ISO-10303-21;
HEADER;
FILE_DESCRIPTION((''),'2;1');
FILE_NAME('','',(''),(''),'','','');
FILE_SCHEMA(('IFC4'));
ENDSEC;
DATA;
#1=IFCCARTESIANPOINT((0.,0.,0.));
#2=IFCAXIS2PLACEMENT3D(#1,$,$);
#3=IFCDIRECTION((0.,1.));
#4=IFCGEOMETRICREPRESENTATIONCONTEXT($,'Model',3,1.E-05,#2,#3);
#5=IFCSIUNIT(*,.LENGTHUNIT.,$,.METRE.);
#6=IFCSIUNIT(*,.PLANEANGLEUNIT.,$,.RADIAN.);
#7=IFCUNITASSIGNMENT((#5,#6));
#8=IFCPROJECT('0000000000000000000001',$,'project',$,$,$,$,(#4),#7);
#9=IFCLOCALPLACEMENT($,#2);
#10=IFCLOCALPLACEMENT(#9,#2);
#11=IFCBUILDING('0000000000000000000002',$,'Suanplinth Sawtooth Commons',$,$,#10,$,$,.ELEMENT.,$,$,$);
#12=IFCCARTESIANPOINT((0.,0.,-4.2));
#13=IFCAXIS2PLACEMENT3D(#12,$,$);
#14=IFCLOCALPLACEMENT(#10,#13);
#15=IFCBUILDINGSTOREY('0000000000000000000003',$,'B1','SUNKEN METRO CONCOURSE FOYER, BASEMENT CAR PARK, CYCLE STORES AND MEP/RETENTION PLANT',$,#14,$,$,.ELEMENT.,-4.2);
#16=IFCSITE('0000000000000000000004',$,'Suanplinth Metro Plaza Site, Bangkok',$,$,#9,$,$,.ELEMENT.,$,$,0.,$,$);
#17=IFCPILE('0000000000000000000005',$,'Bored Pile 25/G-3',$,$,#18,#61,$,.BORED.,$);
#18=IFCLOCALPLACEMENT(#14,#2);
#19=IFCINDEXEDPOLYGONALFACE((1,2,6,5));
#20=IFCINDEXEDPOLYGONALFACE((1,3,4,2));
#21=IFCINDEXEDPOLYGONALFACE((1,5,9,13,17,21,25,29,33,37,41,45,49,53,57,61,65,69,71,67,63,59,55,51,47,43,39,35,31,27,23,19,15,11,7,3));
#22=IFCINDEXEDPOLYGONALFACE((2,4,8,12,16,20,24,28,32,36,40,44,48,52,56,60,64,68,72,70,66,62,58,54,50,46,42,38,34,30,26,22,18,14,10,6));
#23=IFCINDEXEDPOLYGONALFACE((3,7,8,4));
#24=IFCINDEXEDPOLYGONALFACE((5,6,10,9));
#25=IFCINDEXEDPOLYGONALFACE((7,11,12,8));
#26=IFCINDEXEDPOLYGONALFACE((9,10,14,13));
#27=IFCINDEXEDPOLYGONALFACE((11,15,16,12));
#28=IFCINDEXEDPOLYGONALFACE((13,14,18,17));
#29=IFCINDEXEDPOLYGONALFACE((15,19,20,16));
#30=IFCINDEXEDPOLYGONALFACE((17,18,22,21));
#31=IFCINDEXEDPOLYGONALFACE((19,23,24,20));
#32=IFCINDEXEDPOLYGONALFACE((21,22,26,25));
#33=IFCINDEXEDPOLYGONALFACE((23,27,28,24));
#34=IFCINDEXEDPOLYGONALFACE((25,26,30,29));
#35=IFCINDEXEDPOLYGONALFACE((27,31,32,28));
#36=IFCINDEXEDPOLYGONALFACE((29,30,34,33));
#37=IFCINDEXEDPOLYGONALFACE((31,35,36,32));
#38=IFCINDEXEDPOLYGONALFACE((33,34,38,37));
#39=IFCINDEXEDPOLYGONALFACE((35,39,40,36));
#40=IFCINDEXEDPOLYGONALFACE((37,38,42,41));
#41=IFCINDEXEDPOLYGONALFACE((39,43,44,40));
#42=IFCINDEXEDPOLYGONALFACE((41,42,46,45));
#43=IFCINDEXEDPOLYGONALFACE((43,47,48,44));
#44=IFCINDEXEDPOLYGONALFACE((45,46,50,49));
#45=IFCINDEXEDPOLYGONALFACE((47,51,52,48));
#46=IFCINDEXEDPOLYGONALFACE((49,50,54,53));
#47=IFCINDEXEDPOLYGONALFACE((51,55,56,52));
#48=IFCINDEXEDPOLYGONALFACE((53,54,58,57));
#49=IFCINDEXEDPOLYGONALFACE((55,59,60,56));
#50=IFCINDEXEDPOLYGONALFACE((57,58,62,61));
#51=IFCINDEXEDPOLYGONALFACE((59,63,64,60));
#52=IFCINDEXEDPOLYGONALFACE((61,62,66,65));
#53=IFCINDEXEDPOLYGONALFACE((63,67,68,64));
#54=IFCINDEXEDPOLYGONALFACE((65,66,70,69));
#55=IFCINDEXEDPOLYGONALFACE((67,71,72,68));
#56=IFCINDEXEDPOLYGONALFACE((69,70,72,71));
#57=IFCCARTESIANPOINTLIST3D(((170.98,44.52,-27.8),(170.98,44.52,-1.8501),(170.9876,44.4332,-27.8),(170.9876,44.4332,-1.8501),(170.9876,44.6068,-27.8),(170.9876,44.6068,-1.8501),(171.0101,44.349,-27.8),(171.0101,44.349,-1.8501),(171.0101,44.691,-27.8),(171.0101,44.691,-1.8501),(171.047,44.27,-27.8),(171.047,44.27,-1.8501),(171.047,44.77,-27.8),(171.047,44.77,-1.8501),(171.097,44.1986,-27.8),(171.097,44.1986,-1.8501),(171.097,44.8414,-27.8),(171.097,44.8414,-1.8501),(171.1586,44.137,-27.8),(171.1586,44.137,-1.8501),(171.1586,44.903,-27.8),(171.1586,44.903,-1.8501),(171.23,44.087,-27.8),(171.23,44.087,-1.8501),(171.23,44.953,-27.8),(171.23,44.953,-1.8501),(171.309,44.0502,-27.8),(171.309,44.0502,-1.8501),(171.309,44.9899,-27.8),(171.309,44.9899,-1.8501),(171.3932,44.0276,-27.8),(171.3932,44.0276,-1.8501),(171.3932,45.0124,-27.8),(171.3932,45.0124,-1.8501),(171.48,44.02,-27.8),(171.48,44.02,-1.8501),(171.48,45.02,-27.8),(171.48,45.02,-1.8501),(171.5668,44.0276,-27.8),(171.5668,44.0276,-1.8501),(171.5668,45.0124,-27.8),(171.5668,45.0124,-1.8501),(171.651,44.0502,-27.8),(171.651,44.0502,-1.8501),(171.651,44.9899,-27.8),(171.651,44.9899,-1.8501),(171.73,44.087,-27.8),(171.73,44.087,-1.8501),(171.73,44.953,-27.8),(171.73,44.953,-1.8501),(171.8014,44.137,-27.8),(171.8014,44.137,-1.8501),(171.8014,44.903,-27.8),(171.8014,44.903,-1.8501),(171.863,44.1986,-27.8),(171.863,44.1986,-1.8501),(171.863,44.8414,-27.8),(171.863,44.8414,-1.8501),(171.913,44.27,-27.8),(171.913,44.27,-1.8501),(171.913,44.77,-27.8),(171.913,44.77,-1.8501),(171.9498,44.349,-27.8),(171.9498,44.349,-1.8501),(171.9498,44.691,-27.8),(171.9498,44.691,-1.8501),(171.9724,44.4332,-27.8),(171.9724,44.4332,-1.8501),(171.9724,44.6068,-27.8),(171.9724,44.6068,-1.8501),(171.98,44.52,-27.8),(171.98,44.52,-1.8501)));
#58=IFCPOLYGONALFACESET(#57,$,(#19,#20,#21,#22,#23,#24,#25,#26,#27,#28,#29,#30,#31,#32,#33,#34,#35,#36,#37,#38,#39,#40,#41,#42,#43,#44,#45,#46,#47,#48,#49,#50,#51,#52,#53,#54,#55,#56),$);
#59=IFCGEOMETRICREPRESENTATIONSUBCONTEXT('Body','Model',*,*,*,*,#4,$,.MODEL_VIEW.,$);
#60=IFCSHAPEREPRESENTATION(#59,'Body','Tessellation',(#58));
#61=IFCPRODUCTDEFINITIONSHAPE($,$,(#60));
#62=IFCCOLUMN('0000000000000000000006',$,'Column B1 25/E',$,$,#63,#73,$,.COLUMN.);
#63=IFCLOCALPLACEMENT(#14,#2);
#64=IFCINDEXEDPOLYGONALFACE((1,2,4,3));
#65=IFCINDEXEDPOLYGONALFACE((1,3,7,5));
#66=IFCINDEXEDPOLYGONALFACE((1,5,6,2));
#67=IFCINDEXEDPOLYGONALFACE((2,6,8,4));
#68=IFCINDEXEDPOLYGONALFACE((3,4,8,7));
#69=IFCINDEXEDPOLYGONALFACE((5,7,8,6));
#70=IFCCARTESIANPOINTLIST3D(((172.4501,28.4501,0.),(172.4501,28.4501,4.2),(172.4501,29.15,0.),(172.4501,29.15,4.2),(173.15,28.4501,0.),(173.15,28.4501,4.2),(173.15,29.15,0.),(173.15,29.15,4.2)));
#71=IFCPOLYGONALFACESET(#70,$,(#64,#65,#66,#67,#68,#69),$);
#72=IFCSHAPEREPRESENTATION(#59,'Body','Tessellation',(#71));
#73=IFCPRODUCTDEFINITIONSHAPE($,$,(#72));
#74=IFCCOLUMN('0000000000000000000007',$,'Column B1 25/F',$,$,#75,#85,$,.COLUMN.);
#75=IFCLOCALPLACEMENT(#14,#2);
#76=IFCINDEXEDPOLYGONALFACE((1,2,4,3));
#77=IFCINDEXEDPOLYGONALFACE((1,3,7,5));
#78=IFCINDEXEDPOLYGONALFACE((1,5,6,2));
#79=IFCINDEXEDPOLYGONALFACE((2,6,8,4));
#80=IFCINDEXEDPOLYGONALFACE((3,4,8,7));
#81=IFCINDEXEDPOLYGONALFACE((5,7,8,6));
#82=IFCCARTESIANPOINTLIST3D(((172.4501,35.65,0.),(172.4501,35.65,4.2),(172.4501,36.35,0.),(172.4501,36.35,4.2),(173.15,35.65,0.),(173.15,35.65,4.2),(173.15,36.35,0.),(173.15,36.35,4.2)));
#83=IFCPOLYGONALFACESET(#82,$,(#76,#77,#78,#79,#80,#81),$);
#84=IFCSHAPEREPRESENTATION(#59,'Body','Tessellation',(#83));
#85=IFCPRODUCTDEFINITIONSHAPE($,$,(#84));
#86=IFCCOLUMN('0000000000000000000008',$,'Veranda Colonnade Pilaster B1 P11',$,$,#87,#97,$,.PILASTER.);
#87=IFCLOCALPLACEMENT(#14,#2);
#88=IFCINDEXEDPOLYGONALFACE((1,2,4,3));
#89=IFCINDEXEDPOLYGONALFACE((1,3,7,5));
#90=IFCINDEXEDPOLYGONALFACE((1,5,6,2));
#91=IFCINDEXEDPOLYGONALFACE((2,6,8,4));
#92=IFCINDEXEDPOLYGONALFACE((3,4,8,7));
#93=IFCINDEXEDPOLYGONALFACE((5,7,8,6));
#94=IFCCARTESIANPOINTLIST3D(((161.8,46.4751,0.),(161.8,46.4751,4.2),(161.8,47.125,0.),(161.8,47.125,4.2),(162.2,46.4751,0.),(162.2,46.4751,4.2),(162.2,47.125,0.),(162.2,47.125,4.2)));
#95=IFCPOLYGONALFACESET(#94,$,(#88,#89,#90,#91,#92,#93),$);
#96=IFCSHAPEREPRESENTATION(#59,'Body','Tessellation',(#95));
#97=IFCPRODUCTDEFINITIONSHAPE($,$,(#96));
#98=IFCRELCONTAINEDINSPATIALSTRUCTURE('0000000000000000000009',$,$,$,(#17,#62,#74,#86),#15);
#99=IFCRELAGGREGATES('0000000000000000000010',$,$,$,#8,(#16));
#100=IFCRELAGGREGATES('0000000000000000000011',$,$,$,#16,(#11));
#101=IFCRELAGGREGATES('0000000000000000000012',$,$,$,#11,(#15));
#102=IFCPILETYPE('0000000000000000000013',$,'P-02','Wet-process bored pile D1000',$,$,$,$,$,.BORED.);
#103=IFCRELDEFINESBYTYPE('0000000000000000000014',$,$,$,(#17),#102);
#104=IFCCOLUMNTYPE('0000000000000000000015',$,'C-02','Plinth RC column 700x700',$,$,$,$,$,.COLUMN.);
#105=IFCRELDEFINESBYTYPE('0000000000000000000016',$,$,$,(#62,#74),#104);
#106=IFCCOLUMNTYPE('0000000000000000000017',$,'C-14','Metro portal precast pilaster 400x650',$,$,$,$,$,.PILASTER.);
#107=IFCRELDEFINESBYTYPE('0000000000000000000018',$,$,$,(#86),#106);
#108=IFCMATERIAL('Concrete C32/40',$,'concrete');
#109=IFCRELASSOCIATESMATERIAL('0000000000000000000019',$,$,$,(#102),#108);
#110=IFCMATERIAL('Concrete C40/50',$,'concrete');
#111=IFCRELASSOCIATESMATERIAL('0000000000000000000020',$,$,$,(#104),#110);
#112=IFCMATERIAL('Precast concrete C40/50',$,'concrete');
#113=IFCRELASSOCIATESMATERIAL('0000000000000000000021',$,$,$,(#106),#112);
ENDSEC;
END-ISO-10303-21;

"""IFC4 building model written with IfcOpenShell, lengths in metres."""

from ifc_helpers import new_model, si_unit, direction, frame, origin, origin_2d, place, context, subcontext, project, spatial, rectangle, circle, extrude, material, material_profile, profile_set, type_object, element, save


model = new_model("IFC4")

# Units and contexts
model_context = context("Model", 3, precision=1e-05, world=origin(), true_north=direction((0.0, 1.0)))
body_context = subcontext(model_context, "Body", "Model", "MODEL_VIEW")
ifc_project = project(units=[si_unit("LENGTHUNIT", "METRE"), si_unit("PLANEANGLEUNIT", "RADIAN")], contexts=[model_context])

# Site, building, storey
site_placement = place(None, origin())
site = spatial("IfcSite", under=ifc_project, at=site_placement, Name="Suanplinth Metro Plaza Site, Bangkok", CompositionType="ELEMENT", RefElevation=0.0)
building_placement = place(site_placement, origin())
building = spatial("IfcBuilding", under=site, at=building_placement, Name="Suanplinth Sawtooth Commons", CompositionType="ELEMENT")
storey_placement = place(building_placement, frame((0.0, 0.0, -4.2)))
storey = spatial("IfcBuildingStorey", under=building, at=storey_placement, Name="B1", Description="SUNKEN METRO CONCOURSE FOYER, BASEMENT CAR PARK, CYCLE STORES AND MEP/RETENTION PLANT", CompositionType="ELEMENT", Elevation=-4.2)

# Pile
ifc_material_1 = material(Name="Concrete C32/40", Category="concrete")
ifc_material_profile_1 = material_profile(ifc_material_1, circle(Radius=0.5, at=origin_2d()), Name="PILE D1000")
ifc_profile_set_1 = profile_set([ifc_material_profile_1], Name="Concrete C32/40")
pile_type_1 = type_object("IfcPileType", Name="P-02", Description="Wet-process bored pile D1000", PredefinedType="BORED", material=ifc_profile_set_1)
for number, where, z_axis, x_axis, name in (
    (1, (171.48, 44.52, -1.8501), (0.0, 0.0, -1.0), (1.0, 0.0, 0.0), "Bored Pile 25/G-3"),
):
    element("IfcPile", number, at=place(storey_placement, frame(where, z_axis=z_axis, x_axis=x_axis)), inside=storey, type_object=pile_type_1, Name=name, PredefinedType="BORED", context=body_context, shape_type="SweptSolid", body=[
        extrude(circle(Radius=0.5, at=origin_2d()), origin(), (0.0, 0.0, 1.0), 25.95),
    ])

# Columns
ifc_material_2 = material(Name="Concrete C40/50", Category="concrete")
ifc_material_profile_2 = material_profile(ifc_material_2, rectangle(XDim=0.7, YDim=0.7, at=origin_2d()), Name="RC-COL 700x700")
ifc_profile_set_2 = profile_set([ifc_material_profile_2], Name="Concrete C40/50")
column_type_1 = type_object("IfcColumnType", Name="C-02", Description="Plinth RC column 700x700", PredefinedType="COLUMN", material=ifc_profile_set_2)
for number, where, z_axis, x_axis, name in (
    (2, (172.8, 28.8, 0.0), (0.0, 0.0, 1.0), (1.0, 0.0, 0.0), "Column B1 25/E"),
    (3, (172.8, 36.0, 0.0), (0.0, 0.0, 1.0), (1.0, 0.0, 0.0), "Column B1 25/F"),
):
    element("IfcColumn", number, at=place(storey_placement, frame(where, z_axis=z_axis, x_axis=x_axis)), inside=storey, type_object=column_type_1, Name=name, PredefinedType="COLUMN", context=body_context, shape_type="SweptSolid", body=[
        extrude(rectangle(XDim=0.7, YDim=0.7, at=origin_2d()), origin(), (0.0, 0.0, 1.0), 4.2),
    ])
ifc_material_3 = material(Name="Precast concrete C40/50", Category="concrete")
ifc_material_profile_3 = material_profile(ifc_material_3, rectangle(XDim=0.3999, YDim=0.6499, at=origin_2d()), Name="PC-PIL 400x650")
ifc_profile_set_3 = profile_set([ifc_material_profile_3], Name="Precast concrete C40/50")
column_type_2 = type_object("IfcColumnType", Name="C-14", Description="Metro portal precast pilaster 400x650", PredefinedType="PILASTER", material=ifc_profile_set_3)
column_placement = place(storey_placement, frame((162.0, 46.8, 0.0), z_axis=(0.0, 0.0, 1.0), x_axis=(1.0, 0.0, 0.0)))
element("IfcColumn", 4, at=column_placement, inside=storey, type_object=column_type_2, Name="Veranda Colonnade Pilaster B1 P11", PredefinedType="PILASTER", context=body_context, shape_type="SweptSolid", body=[
    extrude(rectangle(XDim=0.3999, YDim=0.6499, at=origin_2d()), origin(), (0.0, 0.0, 1.0), 4.2),
])

save(model, "model.ifc")
